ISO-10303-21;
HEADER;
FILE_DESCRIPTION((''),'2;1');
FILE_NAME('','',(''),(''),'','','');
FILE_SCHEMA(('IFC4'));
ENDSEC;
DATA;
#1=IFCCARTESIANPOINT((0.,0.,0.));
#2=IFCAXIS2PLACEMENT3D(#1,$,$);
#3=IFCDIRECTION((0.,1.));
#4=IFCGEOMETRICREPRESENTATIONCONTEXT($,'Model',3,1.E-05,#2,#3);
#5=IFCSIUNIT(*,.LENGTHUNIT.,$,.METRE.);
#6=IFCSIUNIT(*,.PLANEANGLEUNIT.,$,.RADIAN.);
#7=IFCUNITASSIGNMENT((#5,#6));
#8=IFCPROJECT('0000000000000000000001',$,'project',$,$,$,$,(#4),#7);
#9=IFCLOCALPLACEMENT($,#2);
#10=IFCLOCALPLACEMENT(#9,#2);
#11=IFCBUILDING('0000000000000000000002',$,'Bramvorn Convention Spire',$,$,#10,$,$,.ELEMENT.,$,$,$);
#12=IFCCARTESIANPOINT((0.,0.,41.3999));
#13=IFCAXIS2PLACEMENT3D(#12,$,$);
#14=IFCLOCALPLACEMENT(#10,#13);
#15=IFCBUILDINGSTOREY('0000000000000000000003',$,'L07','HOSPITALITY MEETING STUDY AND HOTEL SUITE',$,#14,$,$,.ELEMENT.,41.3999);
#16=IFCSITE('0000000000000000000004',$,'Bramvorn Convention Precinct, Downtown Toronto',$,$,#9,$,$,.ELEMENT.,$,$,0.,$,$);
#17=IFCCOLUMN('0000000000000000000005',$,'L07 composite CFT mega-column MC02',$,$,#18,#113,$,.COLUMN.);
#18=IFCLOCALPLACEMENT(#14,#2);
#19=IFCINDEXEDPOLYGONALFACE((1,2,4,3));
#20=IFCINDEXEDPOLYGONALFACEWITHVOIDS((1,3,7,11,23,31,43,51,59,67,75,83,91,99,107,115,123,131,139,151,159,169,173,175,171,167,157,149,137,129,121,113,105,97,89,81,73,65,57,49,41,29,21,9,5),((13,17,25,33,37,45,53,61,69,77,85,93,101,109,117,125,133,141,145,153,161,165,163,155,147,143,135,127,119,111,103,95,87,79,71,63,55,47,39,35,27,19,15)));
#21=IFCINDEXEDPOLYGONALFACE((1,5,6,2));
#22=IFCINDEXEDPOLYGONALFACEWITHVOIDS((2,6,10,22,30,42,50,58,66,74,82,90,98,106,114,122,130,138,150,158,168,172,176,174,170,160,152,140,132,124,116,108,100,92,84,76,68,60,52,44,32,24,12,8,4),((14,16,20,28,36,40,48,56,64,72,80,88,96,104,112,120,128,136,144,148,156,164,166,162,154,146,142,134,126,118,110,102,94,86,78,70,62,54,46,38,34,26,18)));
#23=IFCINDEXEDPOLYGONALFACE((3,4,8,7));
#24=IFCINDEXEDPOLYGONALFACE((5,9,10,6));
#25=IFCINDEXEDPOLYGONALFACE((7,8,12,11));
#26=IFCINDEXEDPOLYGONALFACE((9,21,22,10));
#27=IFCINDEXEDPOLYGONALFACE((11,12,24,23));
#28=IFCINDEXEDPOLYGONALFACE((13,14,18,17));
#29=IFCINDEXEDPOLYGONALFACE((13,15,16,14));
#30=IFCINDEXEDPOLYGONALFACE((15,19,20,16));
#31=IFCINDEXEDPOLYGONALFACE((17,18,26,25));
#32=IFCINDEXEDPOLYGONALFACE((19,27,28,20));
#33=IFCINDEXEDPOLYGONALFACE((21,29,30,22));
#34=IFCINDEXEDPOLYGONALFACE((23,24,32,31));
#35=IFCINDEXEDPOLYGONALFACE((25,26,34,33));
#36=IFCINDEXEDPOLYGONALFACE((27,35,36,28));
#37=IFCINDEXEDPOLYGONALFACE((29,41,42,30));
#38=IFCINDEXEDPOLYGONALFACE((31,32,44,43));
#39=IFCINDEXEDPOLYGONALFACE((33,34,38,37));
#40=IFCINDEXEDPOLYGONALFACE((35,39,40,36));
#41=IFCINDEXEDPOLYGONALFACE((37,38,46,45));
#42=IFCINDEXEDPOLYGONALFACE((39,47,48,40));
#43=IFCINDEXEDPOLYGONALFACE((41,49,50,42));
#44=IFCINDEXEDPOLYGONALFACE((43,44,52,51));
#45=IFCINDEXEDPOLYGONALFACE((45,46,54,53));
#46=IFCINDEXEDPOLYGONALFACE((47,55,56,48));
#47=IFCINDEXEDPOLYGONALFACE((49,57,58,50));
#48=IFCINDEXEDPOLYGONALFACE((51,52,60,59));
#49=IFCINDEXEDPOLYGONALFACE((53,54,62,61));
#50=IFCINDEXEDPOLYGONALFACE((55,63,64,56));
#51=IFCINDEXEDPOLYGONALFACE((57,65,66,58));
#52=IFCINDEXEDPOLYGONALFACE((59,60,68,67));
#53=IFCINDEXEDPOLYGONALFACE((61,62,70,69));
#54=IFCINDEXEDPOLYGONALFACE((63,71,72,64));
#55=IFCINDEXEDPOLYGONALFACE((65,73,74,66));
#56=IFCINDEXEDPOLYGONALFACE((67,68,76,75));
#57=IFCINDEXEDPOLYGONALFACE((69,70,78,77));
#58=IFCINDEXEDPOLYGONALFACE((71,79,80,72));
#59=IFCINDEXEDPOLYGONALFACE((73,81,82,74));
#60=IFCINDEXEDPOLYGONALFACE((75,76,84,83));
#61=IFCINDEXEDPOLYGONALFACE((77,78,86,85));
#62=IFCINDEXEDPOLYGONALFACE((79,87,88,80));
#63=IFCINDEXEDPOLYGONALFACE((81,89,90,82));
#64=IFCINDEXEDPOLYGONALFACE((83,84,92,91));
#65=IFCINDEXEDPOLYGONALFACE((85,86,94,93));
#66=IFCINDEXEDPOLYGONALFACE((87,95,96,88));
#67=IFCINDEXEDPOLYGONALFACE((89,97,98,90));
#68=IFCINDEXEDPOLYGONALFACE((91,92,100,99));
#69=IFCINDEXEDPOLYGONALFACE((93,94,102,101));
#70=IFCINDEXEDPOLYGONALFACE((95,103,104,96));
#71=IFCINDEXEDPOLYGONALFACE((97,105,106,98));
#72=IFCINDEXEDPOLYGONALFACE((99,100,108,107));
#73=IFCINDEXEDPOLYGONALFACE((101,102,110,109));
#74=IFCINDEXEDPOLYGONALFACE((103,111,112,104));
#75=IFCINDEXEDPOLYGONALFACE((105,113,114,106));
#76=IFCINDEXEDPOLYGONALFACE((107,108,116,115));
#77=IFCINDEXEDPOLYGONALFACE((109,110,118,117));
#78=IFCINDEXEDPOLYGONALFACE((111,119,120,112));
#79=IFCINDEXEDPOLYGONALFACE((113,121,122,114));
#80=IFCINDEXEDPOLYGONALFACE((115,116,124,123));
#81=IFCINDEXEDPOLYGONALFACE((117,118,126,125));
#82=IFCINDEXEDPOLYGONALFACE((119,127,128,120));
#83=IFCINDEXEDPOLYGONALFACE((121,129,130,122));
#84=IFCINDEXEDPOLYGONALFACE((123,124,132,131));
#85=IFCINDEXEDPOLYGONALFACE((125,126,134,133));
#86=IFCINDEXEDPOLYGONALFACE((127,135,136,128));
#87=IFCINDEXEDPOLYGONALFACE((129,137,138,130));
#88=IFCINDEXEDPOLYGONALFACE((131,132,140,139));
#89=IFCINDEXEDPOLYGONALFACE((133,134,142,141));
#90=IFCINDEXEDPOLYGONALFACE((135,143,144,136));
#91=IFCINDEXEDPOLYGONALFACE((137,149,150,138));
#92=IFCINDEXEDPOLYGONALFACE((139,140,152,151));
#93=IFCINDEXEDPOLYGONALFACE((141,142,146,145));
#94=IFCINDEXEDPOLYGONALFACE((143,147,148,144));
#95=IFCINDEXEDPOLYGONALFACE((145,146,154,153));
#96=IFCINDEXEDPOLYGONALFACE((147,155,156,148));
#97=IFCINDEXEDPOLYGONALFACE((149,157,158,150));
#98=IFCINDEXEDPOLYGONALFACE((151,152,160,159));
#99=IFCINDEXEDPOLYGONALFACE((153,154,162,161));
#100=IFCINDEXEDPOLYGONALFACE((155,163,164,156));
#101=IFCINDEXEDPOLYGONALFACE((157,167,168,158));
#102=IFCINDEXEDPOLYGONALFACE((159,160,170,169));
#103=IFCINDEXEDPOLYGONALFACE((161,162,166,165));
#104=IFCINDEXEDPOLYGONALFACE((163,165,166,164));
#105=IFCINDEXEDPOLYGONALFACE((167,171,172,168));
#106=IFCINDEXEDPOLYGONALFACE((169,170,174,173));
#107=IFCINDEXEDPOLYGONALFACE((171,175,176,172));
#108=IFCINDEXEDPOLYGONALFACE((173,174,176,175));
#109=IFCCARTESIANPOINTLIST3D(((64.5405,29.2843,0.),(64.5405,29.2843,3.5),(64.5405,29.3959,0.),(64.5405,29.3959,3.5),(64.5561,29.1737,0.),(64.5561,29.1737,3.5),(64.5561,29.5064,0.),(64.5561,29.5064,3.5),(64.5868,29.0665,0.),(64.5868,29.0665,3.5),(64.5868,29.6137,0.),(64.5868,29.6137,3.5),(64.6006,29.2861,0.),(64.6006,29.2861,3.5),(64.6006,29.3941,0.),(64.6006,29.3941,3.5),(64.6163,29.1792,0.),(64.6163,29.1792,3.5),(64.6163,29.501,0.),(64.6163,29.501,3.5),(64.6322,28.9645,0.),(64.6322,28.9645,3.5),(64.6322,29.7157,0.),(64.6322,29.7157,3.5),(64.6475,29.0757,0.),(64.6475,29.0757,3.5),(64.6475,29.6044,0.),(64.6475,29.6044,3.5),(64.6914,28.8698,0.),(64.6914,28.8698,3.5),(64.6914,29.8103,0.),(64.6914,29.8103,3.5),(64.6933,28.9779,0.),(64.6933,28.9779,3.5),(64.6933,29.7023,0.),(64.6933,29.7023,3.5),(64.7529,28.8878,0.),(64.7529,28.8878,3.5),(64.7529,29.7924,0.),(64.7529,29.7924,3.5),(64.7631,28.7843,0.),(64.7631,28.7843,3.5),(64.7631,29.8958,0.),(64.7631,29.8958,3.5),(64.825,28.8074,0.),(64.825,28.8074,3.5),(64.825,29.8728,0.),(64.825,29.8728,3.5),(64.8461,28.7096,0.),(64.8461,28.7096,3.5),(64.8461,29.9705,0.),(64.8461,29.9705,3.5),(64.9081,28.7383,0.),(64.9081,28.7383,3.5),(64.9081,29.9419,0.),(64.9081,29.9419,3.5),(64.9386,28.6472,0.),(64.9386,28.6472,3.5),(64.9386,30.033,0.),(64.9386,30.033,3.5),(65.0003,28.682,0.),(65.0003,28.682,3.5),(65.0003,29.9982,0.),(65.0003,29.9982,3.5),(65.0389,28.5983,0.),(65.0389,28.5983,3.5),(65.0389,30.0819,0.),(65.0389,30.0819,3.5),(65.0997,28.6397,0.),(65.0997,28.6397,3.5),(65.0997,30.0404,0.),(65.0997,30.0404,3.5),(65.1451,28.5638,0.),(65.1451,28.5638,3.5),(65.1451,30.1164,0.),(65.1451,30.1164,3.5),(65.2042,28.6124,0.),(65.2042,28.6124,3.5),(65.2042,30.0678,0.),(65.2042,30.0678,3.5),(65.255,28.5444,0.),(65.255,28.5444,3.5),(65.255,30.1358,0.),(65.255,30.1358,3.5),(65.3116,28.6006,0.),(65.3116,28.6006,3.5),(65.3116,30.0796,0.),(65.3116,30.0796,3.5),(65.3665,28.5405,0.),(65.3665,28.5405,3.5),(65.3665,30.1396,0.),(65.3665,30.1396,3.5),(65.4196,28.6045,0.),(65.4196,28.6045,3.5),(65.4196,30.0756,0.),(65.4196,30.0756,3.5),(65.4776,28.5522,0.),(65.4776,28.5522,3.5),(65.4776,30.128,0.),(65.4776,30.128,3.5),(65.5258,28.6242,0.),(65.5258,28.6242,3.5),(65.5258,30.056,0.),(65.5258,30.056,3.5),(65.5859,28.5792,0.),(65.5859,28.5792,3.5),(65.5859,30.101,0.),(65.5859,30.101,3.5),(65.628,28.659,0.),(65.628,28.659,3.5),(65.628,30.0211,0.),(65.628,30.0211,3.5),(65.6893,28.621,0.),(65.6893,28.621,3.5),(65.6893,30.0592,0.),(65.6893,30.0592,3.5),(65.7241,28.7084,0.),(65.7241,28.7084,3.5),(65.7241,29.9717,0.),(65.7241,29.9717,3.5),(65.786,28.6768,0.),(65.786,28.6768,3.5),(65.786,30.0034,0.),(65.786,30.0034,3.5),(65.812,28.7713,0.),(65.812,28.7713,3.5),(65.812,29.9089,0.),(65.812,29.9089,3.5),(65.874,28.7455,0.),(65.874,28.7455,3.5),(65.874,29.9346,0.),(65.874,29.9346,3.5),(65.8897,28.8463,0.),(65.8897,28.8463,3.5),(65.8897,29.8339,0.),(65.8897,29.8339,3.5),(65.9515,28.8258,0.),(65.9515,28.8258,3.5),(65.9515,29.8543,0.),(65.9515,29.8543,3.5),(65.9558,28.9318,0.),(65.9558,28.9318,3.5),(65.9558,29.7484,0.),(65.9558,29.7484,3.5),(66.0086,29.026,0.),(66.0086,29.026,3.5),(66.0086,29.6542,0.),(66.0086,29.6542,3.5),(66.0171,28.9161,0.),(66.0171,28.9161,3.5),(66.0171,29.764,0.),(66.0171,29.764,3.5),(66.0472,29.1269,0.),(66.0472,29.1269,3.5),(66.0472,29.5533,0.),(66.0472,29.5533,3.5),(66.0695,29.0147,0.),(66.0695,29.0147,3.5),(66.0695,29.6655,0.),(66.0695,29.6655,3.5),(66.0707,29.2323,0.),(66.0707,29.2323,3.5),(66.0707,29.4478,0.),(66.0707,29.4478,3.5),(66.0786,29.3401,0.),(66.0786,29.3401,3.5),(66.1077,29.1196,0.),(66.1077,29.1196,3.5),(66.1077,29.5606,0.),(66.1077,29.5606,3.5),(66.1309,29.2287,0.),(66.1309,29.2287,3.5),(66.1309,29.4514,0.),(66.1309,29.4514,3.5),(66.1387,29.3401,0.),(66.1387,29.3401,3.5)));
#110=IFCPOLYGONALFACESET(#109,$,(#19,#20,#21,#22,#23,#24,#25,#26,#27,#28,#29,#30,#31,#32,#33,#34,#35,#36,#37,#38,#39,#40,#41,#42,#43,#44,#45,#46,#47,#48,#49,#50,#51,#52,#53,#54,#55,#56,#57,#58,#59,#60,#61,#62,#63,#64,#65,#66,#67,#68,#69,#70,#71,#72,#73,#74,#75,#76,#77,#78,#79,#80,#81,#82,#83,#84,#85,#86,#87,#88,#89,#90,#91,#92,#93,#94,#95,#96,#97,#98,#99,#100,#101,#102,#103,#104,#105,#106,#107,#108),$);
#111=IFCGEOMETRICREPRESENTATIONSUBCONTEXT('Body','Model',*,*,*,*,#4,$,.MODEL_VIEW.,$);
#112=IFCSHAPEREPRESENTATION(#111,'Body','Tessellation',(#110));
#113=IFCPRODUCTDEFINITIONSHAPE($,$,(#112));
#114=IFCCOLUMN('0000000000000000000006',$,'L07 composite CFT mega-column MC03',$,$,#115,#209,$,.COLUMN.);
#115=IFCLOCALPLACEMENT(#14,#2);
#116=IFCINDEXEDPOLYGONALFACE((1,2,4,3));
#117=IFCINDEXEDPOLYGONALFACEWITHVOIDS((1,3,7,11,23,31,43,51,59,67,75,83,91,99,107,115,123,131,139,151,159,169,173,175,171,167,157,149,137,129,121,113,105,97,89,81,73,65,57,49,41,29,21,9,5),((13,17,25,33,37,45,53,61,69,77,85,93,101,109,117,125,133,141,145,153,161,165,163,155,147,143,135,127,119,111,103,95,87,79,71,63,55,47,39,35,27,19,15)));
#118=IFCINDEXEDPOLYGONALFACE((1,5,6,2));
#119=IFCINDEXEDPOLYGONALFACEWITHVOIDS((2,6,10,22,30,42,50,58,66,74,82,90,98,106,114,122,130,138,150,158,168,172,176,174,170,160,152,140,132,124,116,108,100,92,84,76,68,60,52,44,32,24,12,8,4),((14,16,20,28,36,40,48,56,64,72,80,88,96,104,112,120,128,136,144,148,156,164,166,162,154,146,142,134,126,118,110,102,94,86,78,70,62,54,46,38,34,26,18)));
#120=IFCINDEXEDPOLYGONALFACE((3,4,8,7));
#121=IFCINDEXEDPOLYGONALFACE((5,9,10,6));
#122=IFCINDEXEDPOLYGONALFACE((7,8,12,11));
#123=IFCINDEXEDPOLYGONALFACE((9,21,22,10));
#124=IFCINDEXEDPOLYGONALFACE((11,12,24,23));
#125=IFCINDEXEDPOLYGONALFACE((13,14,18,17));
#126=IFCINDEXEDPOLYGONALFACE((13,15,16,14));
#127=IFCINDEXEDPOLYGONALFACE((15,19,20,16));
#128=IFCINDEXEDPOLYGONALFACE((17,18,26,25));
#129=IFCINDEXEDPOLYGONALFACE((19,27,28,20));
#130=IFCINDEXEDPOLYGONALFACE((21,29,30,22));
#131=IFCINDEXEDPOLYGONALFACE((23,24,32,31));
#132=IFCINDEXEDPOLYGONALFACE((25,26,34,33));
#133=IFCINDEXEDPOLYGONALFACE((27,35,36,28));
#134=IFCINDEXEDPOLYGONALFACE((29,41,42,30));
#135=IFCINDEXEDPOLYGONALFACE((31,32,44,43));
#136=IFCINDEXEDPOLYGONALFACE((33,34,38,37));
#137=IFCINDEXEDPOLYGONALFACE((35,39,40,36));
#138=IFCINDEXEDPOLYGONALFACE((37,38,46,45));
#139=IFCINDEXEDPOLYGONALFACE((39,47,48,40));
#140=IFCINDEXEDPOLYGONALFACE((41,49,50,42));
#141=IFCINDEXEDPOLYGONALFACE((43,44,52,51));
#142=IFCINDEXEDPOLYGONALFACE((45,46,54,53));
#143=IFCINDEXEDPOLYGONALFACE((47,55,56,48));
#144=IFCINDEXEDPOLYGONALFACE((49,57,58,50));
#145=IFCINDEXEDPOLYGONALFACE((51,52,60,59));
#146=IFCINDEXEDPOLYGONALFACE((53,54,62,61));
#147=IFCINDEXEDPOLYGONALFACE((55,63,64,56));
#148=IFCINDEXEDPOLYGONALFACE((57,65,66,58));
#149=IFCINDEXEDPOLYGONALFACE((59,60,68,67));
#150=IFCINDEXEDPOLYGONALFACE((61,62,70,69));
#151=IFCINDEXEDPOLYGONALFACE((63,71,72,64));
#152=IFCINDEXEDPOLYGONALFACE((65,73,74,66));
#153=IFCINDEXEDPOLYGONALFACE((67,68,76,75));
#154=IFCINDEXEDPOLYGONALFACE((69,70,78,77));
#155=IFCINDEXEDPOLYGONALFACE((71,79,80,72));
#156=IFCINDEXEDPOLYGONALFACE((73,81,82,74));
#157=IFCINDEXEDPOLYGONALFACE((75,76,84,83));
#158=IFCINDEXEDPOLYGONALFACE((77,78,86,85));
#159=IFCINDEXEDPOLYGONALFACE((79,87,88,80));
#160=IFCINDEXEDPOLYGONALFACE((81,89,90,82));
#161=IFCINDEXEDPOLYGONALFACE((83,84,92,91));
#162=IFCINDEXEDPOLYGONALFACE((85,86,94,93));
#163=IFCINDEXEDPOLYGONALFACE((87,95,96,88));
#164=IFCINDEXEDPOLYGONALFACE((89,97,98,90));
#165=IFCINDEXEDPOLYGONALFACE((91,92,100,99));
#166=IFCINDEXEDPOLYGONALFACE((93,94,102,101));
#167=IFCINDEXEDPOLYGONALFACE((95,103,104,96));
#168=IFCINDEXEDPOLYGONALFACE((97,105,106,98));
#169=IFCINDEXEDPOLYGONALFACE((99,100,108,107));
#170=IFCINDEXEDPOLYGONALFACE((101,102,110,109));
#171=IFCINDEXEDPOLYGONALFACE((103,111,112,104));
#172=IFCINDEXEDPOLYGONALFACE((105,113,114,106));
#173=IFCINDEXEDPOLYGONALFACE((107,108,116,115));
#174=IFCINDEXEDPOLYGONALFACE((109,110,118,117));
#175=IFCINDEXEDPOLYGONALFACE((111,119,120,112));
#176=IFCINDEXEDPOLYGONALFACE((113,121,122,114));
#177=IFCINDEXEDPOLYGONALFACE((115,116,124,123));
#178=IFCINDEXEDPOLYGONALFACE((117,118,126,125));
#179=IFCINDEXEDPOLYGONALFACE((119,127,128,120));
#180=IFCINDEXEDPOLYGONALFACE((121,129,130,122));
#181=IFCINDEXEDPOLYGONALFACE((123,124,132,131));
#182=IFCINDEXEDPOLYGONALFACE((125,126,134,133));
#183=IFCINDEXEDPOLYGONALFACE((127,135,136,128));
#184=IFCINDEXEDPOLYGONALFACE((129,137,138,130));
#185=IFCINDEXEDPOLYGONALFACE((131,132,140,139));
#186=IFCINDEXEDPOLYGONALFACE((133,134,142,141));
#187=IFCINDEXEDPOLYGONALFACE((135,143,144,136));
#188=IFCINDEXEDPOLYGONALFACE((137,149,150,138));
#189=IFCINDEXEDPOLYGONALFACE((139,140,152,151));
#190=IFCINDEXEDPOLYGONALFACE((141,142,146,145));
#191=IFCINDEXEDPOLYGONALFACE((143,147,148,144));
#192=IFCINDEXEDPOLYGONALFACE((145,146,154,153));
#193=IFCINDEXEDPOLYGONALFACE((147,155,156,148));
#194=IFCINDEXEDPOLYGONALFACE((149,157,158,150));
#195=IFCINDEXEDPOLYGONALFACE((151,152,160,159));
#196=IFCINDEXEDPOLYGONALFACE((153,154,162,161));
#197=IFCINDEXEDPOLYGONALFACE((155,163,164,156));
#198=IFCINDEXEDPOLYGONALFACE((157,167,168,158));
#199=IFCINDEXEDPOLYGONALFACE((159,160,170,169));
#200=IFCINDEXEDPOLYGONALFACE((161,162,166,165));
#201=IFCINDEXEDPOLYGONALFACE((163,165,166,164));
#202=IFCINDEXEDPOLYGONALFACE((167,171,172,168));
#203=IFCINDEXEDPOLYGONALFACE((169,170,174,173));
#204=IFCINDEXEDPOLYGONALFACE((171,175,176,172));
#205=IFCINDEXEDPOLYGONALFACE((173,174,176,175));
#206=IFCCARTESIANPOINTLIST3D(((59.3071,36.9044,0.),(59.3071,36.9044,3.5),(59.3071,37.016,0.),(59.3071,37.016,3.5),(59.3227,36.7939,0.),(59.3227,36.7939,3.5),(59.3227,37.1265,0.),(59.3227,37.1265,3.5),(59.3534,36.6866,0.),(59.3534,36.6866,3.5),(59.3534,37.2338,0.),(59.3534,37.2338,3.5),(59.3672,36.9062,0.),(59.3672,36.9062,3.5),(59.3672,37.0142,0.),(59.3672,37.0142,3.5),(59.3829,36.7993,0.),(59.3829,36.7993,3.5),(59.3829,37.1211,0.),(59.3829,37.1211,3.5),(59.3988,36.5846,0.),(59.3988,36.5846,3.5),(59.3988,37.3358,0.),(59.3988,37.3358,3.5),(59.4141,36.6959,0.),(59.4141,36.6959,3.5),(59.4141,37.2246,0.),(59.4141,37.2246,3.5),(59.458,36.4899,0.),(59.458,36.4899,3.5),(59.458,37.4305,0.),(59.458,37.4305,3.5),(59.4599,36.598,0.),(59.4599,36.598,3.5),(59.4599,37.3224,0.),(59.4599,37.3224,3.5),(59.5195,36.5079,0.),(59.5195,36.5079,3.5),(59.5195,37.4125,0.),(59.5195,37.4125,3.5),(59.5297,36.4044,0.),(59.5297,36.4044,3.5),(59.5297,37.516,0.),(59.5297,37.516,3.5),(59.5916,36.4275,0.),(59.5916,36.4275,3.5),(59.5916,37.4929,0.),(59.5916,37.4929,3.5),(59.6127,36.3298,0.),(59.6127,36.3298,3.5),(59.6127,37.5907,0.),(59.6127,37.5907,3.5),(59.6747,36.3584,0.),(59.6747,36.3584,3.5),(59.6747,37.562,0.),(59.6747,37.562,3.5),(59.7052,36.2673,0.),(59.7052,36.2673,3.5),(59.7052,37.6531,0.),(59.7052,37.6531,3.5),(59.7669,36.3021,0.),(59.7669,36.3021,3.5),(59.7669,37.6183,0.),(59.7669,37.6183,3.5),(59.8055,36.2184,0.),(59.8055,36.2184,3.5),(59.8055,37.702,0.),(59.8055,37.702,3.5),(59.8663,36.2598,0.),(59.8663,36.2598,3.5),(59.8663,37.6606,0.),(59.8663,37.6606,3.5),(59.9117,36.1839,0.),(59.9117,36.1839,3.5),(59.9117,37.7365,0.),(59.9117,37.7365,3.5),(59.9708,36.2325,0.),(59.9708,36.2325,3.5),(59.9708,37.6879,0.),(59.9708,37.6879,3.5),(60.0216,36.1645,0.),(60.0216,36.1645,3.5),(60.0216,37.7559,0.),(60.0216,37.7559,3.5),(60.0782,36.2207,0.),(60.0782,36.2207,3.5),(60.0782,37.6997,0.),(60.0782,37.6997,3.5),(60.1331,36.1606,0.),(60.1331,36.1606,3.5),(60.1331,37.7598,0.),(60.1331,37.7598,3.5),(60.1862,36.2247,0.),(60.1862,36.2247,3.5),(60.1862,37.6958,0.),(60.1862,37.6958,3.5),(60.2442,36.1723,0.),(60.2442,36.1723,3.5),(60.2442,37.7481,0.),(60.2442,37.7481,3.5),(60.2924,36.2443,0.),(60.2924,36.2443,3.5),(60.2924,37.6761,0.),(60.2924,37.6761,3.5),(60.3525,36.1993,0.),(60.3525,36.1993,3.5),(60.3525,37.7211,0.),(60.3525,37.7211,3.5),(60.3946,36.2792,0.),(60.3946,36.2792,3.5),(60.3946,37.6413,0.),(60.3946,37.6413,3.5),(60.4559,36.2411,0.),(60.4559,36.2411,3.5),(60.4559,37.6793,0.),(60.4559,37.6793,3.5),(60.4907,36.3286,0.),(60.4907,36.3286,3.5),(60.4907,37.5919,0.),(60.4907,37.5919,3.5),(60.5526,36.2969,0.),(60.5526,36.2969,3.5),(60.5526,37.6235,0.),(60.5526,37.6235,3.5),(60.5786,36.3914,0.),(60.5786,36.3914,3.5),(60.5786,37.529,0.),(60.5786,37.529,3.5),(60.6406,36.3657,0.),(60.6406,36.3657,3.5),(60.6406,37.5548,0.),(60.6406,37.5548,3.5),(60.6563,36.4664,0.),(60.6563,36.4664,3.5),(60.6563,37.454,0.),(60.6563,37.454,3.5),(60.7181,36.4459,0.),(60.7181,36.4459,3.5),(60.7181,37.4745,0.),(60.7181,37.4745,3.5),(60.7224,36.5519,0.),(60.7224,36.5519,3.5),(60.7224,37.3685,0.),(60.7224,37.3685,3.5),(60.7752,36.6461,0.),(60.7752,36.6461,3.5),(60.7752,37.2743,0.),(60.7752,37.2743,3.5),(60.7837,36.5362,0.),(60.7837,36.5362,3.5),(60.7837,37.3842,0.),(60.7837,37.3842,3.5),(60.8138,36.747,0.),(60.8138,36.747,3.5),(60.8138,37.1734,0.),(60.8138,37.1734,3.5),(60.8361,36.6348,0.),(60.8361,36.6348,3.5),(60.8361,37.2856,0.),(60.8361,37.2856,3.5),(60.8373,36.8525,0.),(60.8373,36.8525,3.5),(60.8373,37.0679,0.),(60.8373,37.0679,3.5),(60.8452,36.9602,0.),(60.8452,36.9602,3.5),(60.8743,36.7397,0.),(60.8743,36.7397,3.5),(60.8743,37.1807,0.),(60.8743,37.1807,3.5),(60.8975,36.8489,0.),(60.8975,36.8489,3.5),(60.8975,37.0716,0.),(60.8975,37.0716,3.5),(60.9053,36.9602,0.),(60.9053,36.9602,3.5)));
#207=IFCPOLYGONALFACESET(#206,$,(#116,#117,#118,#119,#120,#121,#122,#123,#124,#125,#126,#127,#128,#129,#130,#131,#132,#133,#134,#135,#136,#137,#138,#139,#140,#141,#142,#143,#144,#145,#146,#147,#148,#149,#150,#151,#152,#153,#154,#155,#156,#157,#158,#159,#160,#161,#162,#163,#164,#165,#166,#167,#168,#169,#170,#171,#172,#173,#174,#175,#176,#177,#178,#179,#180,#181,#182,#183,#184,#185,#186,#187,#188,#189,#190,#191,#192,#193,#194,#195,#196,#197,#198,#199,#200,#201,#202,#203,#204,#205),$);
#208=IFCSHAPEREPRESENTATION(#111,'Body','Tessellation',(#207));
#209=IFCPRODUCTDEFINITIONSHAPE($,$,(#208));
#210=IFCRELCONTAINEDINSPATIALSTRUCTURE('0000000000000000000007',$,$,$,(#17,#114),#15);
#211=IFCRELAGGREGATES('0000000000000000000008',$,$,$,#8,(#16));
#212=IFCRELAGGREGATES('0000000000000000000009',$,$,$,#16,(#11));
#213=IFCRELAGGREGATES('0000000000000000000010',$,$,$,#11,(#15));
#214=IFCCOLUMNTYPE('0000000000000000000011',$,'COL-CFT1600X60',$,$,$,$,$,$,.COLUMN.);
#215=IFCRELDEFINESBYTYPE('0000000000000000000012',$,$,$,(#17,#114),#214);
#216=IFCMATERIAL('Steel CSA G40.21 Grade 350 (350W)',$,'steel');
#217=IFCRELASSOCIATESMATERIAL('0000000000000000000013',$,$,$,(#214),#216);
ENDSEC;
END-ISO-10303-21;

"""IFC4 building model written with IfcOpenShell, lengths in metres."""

from ifc_helpers import new_model, si_unit, direction, frame, origin, origin_2d, place, context, subcontext, project, spatial, hollow_circle, extrude, material, material_profile, profile_set, type_object, element, save


model = new_model("IFC4")

# Units and contexts
model_context = context("Model", 3, precision=1e-05, world=origin(), true_north=direction((0.0, 1.0)))
body_context = subcontext(model_context, "Body", "Model", "MODEL_VIEW")
ifc_project = project(units=[si_unit("LENGTHUNIT", "METRE"), si_unit("PLANEANGLEUNIT", "RADIAN")], contexts=[model_context])

# Site, building, storey
site_placement = place(None, origin())
site = spatial("IfcSite", under=ifc_project, at=site_placement, Name="Bramvorn Convention Precinct, Downtown Toronto", CompositionType="ELEMENT", RefElevation=0.0)
building_placement = place(site_placement, origin())
building = spatial("IfcBuilding", under=site, at=building_placement, Name="Bramvorn Convention Spire", CompositionType="ELEMENT")
storey_placement = place(building_placement, frame((0.0, 0.0, 41.3999)))
storey = spatial("IfcBuildingStorey", under=building, at=storey_placement, Name="L07", Description="HOSPITALITY MEETING STUDY AND HOTEL SUITE", CompositionType="ELEMENT", Elevation=41.3999)

# Columns
ifc_material_1 = material(Name="Steel CSA G40.21 Grade 350 (350W)", Category="steel")
ifc_material_profile_1 = material_profile(ifc_material_1, hollow_circle(Radius=0.8, WallThickness=0.0601, at=origin_2d()))
ifc_profile_set_1 = profile_set([ifc_material_profile_1], Name="Steel CSA G40.21 Grade 350 (350W) - CFT1600X60")
column_type = type_object("IfcColumnType", Name="COL-CFT1600X60", PredefinedType="COLUMN", material=ifc_profile_set_1)
for number, where, z_axis, x_axis, name in (
    (1, (65.3386, 29.3401, 0.0), (0.0, 0.0, 1.0), (1.0, 0.0, 0.0), "L07 composite CFT mega-column MC02"),
    (2, (60.1052, 36.9602, 0.0), (0.0, 0.0, 1.0), (1.0, 0.0, 0.0), "L07 composite CFT mega-column MC03"),
):
    element("IfcColumn", number, at=place(storey_placement, frame(where, z_axis=z_axis, x_axis=x_axis)), inside=storey, type_object=column_type, Name=name, PredefinedType="COLUMN", context=body_context, shape_type="SweptSolid", body=[
        extrude(hollow_circle(Radius=0.8, WallThickness=0.0601, at=origin_2d()), origin(), (0.0, 0.0, 1.0), 3.5),
    ])

save(model, "model.ifc")
